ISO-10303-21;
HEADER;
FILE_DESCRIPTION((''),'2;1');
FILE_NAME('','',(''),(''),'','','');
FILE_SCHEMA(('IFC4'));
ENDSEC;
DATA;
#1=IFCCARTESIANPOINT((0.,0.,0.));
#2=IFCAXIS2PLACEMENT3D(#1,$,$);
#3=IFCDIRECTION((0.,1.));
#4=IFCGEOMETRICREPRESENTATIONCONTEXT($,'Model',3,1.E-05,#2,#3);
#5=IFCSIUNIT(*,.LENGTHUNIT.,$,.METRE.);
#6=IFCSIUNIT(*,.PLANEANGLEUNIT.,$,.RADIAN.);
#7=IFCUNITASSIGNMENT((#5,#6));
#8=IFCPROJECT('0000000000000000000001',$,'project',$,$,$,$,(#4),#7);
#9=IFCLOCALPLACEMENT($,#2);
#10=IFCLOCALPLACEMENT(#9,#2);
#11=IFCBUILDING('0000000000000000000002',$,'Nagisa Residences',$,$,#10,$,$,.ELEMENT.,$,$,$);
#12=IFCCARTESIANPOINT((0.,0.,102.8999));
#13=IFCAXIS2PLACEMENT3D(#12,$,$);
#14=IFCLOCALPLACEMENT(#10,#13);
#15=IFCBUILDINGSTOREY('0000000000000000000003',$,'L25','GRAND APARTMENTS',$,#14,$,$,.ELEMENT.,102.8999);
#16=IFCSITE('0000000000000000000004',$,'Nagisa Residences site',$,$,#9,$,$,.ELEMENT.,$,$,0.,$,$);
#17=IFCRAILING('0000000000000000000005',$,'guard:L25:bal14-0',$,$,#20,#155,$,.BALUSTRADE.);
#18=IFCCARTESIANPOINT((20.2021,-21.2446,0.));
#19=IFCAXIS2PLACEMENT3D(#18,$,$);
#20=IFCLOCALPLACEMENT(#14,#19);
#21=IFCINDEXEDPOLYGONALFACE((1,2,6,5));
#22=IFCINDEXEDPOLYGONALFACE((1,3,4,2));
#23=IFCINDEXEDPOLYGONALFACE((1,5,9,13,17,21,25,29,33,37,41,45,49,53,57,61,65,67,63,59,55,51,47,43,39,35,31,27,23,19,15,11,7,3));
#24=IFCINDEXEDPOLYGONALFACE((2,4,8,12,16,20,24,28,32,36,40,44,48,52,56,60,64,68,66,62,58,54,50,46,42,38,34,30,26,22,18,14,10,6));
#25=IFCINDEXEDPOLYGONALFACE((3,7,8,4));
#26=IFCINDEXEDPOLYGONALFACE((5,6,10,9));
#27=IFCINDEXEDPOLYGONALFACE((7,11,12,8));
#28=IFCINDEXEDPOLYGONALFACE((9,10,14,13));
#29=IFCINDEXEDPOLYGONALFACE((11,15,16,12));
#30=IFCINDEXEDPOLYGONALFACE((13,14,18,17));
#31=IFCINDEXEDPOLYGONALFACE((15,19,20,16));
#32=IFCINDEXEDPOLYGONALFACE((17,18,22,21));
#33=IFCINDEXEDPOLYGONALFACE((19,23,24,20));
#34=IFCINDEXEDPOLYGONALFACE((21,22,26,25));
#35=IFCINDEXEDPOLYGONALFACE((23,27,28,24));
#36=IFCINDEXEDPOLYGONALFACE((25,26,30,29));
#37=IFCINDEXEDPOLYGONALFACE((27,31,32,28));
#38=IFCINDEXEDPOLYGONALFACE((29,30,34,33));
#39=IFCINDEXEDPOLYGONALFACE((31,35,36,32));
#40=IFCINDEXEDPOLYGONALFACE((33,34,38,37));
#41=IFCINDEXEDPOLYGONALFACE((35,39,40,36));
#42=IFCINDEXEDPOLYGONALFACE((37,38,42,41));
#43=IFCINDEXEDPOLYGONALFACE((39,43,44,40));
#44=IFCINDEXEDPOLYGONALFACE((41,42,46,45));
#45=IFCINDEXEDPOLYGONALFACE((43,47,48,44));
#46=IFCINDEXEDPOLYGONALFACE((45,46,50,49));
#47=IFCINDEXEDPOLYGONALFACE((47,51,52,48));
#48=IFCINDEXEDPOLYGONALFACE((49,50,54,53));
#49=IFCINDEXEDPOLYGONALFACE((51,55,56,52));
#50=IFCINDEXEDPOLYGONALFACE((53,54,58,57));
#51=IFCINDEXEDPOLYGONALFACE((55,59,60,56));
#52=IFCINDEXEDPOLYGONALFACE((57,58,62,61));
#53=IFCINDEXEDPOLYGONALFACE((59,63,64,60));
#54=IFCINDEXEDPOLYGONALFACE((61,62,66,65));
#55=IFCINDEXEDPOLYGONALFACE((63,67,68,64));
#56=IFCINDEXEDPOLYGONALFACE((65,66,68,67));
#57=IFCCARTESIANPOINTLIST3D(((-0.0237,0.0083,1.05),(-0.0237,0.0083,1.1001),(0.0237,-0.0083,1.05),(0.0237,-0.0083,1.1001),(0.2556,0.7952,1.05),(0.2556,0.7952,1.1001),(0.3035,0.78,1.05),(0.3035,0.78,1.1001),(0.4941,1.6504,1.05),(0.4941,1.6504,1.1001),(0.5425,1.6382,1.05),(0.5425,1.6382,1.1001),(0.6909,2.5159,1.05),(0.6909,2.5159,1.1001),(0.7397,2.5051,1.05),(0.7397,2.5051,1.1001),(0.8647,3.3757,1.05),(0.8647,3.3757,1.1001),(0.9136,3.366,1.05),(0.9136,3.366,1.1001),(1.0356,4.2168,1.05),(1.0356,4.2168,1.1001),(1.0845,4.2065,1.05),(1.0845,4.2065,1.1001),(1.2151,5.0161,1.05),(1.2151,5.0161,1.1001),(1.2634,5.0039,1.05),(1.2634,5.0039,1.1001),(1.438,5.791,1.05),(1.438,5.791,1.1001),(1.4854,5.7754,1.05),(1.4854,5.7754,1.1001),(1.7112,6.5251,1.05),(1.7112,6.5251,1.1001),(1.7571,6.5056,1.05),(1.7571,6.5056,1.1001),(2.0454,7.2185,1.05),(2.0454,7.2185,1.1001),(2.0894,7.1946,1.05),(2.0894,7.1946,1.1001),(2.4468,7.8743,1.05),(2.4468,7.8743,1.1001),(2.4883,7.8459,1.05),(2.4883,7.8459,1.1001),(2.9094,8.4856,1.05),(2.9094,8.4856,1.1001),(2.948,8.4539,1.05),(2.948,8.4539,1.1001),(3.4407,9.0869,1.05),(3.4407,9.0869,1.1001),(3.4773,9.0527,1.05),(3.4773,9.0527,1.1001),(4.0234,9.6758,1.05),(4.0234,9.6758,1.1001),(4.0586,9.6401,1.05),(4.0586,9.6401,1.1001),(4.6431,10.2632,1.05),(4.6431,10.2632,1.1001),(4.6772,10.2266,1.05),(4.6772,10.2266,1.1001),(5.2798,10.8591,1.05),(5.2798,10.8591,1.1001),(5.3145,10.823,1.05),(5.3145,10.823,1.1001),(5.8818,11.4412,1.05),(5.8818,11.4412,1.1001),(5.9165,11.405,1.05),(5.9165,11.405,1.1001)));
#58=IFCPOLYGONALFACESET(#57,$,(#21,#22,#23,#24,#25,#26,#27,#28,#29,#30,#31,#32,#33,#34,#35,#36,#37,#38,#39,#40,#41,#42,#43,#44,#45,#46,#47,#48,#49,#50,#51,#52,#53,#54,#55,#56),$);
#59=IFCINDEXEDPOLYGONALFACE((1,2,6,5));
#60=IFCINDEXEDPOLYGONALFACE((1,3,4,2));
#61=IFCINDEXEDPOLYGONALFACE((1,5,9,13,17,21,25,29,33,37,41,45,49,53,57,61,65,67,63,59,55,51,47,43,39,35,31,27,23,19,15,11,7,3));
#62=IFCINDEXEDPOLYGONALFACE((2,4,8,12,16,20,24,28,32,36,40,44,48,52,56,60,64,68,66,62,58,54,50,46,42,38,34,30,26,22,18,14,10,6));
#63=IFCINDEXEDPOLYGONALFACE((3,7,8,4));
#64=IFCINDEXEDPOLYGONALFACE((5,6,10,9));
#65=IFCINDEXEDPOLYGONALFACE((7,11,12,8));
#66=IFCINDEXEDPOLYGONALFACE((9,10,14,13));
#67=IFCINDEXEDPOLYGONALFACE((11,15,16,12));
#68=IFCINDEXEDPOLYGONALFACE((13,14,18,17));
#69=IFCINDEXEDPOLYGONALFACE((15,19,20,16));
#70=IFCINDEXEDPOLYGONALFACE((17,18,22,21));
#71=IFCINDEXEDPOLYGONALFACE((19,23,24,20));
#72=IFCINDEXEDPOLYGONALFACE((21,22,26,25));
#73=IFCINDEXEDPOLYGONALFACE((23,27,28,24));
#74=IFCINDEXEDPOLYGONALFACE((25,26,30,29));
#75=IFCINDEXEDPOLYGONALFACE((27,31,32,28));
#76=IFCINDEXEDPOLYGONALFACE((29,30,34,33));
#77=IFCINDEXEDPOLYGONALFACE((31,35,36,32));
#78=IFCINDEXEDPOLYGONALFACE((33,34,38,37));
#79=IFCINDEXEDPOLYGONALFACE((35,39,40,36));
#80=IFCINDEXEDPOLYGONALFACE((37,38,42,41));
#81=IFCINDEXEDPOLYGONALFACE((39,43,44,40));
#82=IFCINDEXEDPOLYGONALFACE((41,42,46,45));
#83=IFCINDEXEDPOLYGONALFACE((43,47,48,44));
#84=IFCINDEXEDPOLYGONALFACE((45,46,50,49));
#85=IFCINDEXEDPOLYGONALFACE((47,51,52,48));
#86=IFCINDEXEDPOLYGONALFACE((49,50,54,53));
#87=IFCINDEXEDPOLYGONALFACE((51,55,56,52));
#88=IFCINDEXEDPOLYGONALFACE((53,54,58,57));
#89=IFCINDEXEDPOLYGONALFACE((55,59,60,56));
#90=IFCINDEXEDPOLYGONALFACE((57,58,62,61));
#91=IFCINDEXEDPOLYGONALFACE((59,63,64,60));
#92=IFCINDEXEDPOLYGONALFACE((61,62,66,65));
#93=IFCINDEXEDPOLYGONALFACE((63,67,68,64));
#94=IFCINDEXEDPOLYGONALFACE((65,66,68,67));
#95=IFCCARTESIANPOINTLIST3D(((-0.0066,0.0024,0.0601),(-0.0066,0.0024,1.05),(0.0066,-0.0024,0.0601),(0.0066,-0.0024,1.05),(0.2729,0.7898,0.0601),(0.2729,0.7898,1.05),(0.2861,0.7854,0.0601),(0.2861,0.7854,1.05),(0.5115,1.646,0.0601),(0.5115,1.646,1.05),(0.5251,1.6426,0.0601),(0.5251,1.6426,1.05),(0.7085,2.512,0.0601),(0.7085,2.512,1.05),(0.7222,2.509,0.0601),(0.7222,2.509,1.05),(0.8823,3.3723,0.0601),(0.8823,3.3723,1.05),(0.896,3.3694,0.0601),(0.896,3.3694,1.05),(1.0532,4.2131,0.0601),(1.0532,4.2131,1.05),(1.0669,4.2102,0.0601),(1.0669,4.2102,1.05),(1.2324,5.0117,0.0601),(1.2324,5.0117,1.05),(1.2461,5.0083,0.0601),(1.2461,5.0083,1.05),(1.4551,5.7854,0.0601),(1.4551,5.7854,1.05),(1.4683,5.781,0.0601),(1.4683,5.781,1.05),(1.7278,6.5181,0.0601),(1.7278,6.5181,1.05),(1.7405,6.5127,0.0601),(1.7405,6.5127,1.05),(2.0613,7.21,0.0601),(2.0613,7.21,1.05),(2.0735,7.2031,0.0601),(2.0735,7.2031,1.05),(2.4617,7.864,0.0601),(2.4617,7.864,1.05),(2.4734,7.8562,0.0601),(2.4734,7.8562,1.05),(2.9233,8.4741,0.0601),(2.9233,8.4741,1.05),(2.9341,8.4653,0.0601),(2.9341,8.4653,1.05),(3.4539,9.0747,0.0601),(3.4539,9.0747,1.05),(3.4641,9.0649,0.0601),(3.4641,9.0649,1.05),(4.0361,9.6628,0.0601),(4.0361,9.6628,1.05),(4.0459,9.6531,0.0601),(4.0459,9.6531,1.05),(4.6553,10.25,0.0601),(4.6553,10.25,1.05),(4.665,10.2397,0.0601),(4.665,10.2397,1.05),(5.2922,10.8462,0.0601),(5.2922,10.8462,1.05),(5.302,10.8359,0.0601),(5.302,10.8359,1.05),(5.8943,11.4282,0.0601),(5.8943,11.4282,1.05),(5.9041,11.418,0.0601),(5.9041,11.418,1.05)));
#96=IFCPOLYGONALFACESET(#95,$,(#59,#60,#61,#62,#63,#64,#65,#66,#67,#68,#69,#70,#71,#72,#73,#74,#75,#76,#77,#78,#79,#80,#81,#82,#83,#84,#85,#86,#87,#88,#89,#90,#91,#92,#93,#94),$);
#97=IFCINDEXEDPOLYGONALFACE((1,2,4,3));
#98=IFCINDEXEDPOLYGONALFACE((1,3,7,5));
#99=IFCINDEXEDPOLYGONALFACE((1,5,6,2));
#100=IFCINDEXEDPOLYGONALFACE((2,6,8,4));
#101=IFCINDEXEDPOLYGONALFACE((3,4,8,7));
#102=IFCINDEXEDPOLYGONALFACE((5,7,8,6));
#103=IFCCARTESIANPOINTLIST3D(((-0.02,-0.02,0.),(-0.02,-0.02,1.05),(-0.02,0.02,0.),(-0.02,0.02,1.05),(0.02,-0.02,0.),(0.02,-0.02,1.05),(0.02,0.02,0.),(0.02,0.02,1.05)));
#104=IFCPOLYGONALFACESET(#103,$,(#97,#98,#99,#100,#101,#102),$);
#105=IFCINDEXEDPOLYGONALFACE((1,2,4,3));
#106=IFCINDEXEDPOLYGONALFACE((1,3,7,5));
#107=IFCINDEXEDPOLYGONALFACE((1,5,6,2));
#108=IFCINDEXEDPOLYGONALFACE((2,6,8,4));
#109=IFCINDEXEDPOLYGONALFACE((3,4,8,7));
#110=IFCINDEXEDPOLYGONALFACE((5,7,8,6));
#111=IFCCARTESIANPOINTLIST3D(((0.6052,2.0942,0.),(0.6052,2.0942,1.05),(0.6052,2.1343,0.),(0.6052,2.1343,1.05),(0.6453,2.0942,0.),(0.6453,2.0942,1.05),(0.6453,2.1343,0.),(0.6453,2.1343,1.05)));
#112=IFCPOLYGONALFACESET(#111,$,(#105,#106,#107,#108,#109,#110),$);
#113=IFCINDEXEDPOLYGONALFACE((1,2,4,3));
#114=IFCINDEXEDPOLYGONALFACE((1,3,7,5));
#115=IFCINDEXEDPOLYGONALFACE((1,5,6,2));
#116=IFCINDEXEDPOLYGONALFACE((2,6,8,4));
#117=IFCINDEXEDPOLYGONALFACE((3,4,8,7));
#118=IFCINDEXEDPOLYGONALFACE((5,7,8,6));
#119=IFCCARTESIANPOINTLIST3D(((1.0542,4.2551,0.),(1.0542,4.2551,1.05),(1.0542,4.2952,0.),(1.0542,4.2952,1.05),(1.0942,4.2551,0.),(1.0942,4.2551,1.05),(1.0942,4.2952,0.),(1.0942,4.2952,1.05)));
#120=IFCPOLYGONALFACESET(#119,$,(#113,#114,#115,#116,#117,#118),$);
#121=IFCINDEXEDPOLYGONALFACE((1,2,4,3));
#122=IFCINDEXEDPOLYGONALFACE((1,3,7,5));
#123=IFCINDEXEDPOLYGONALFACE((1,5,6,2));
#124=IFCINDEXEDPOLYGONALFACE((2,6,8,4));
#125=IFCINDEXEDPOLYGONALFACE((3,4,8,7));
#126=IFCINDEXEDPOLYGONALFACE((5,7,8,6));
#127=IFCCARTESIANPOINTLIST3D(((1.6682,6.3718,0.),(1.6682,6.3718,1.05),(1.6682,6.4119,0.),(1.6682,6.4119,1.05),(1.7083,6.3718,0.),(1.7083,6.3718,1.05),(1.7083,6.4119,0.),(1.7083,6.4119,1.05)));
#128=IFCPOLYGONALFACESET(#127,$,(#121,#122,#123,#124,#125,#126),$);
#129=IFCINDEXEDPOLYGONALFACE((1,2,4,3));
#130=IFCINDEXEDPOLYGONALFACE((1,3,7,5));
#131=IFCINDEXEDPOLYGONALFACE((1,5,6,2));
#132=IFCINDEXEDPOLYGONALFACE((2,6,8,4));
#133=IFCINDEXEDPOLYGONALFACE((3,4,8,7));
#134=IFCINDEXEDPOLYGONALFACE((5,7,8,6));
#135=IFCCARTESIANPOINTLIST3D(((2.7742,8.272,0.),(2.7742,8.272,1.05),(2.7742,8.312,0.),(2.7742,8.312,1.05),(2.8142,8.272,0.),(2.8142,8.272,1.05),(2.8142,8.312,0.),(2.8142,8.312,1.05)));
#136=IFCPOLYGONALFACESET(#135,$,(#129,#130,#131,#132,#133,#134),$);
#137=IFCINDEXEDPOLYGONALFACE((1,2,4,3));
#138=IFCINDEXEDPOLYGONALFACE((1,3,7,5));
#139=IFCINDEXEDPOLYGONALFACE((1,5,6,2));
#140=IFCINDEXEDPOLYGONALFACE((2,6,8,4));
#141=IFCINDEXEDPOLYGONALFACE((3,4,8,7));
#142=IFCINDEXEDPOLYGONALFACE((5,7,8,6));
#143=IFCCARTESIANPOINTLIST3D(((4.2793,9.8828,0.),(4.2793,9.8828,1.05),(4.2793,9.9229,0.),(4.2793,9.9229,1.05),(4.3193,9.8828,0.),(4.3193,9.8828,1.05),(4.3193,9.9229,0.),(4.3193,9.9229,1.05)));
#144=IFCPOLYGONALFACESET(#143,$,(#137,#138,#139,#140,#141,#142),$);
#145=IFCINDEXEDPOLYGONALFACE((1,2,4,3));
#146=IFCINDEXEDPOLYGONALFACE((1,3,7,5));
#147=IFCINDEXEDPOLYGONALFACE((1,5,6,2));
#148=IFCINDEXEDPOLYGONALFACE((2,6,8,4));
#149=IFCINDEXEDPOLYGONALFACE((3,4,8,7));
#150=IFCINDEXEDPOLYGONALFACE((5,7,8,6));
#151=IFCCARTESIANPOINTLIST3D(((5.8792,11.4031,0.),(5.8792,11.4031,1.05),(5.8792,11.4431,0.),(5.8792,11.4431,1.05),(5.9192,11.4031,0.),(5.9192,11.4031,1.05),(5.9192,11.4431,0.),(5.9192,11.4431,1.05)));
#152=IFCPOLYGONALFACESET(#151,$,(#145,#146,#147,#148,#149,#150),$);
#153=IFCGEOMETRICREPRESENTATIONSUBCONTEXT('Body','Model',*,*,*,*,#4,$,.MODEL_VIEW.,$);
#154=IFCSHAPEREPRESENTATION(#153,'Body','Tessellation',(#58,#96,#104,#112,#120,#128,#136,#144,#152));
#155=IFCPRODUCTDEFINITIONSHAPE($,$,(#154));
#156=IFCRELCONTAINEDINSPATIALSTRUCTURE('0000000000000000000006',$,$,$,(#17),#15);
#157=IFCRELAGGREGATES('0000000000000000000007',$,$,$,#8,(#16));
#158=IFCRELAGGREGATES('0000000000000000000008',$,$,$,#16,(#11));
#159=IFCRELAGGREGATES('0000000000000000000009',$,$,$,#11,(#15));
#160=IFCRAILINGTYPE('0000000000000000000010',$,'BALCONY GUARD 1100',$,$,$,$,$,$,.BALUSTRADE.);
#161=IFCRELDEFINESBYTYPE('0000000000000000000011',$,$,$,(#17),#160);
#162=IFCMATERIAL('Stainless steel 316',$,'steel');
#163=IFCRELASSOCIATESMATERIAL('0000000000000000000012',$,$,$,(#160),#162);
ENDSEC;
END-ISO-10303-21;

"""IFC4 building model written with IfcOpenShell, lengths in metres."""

from ifc_helpers import new_model, si_unit, direction, frame, origin, origin_2d, place, context, subcontext, project, spatial, polyline, rectangle, outline, extrude, material, type_object, element, save


model = new_model("IFC4")

# Units and contexts
model_context = context("Model", 3, precision=1e-05, world=origin(), true_north=direction((0.0, 1.0)))
body_context = subcontext(model_context, "Body", "Model", "MODEL_VIEW")
ifc_project = project(units=[si_unit("LENGTHUNIT", "METRE"), si_unit("PLANEANGLEUNIT", "RADIAN")], contexts=[model_context])

# Site, building, storey
site_placement = place(None, origin())
site = spatial("IfcSite", under=ifc_project, at=site_placement, Name="Nagisa Residences site", CompositionType="ELEMENT", RefElevation=0.0)
building_placement = place(site_placement, origin())
building = spatial("IfcBuilding", under=site, at=building_placement, Name="Nagisa Residences", CompositionType="ELEMENT")
storey_placement = place(building_placement, frame((0.0, 0.0, 102.8999)))
storey = spatial("IfcBuildingStorey", under=building, at=storey_placement, Name="L25", Description="GRAND APARTMENTS", CompositionType="ELEMENT", Elevation=102.8999)

# Railing
ifc_material_1 = material(Name="Stainless steel 316", Category="steel")
railing_type = type_object("IfcRailingType", Name="BALCONY GUARD 1100", PredefinedType="BALUSTRADE", material=ifc_material_1)
railing_placement = place(storey_placement, frame((20.2021, -21.2446, 0.0)))
element("IfcRailing", 1, at=railing_placement, inside=storey, type_object=railing_type, Name="guard:L25:bal14-0", PredefinedType="BALUSTRADE", context=body_context, shape_type="SweptSolid", body=[
    extrude(outline(polyline([(0.2556, 0.7952), (-0.0237, 0.0083), (0.0237, -0.0083), (0.3035, 0.78), (0.5425, 1.6382), (0.7397, 2.5051), (0.9136, 3.366), (1.0845, 4.2065), (1.2634, 5.0039), (1.4854, 5.7754), (1.7571, 6.5056), (2.0894, 7.1946), (2.4883, 7.8459), (2.948, 8.4539), (3.4773, 9.0527), (4.0586, 9.6401), (4.6772, 10.2266), (5.3145, 10.823), (5.9165, 11.405), (5.8818, 11.4412), (5.2798, 10.8591), (4.6431, 10.2632), (4.0234, 9.6758), (3.4407, 9.0869), (2.9094, 8.4856), (2.4468, 7.8743), (2.0454, 7.2185), (1.7112, 6.5251), (1.438, 5.791), (1.2151, 5.0161), (1.0356, 4.2168), (0.8647, 3.3757), (0.6909, 2.5159), (0.4941, 1.6504), (0.2556, 0.7952)])), frame((0.0, 0.0, 1.05)), (0.0, 0.0, 1.0), 0.05),
    extrude(outline(polyline([(0.2729, 0.7898), (-0.0066, 0.0024), (0.0066, -0.0024), (0.2861, 0.7854), (0.5251, 1.6426), (0.7222, 2.509), (0.896, 3.3694), (1.0669, 4.2102), (1.2461, 5.0083), (1.4683, 5.781), (1.7405, 6.5127), (2.0735, 7.2031), (2.4734, 7.8562), (2.9341, 8.4653), (3.4641, 9.0649), (4.0459, 9.6531), (4.665, 10.2397), (5.302, 10.8359), (5.9041, 11.418), (5.8943, 11.4282), (5.2922, 10.8462), (4.6553, 10.25), (4.0361, 9.6628), (3.4539, 9.0747), (2.9233, 8.4741), (2.4617, 7.864), (2.0613, 7.21), (1.7278, 6.5181), (1.4551, 5.7854), (1.2324, 5.0117), (1.0532, 4.2131), (0.8823, 3.3723), (0.7085, 2.512), (0.5115, 1.646), (0.2729, 0.7898)])), frame((0.0, 0.0, 0.0601)), (0.0, 0.0, 1.0), 0.99),
    extrude(rectangle(XDim=0.04, YDim=0.04, at=origin_2d()), origin(), (0.0, 0.0, 1.0), 1.05),
    extrude(rectangle(XDim=0.04, YDim=0.04, at=origin_2d()), frame((0.6252, 2.1143, 0.0)), (0.0, 0.0, 1.0), 1.05),
    extrude(rectangle(XDim=0.04, YDim=0.04, at=origin_2d()), frame((1.0742, 4.2751, 0.0)), (0.0, 0.0, 1.0), 1.05),
    extrude(rectangle(XDim=0.04, YDim=0.04, at=origin_2d()), frame((1.6882, 6.3918, 0.0)), (0.0, 0.0, 1.0), 1.05),
    extrude(rectangle(XDim=0.04, YDim=0.04, at=origin_2d()), frame((2.7942, 8.292, 0.0)), (0.0, 0.0, 1.0), 1.05),
    extrude(rectangle(XDim=0.04, YDim=0.04, at=origin_2d()), frame((4.2993, 9.9028, 0.0)), (0.0, 0.0, 1.0), 1.05),
    extrude(rectangle(XDim=0.04, YDim=0.04, at=origin_2d()), frame((5.8992, 11.4231, 0.0)), (0.0, 0.0, 1.0), 1.05),
])

save(model, "model.ifc")
